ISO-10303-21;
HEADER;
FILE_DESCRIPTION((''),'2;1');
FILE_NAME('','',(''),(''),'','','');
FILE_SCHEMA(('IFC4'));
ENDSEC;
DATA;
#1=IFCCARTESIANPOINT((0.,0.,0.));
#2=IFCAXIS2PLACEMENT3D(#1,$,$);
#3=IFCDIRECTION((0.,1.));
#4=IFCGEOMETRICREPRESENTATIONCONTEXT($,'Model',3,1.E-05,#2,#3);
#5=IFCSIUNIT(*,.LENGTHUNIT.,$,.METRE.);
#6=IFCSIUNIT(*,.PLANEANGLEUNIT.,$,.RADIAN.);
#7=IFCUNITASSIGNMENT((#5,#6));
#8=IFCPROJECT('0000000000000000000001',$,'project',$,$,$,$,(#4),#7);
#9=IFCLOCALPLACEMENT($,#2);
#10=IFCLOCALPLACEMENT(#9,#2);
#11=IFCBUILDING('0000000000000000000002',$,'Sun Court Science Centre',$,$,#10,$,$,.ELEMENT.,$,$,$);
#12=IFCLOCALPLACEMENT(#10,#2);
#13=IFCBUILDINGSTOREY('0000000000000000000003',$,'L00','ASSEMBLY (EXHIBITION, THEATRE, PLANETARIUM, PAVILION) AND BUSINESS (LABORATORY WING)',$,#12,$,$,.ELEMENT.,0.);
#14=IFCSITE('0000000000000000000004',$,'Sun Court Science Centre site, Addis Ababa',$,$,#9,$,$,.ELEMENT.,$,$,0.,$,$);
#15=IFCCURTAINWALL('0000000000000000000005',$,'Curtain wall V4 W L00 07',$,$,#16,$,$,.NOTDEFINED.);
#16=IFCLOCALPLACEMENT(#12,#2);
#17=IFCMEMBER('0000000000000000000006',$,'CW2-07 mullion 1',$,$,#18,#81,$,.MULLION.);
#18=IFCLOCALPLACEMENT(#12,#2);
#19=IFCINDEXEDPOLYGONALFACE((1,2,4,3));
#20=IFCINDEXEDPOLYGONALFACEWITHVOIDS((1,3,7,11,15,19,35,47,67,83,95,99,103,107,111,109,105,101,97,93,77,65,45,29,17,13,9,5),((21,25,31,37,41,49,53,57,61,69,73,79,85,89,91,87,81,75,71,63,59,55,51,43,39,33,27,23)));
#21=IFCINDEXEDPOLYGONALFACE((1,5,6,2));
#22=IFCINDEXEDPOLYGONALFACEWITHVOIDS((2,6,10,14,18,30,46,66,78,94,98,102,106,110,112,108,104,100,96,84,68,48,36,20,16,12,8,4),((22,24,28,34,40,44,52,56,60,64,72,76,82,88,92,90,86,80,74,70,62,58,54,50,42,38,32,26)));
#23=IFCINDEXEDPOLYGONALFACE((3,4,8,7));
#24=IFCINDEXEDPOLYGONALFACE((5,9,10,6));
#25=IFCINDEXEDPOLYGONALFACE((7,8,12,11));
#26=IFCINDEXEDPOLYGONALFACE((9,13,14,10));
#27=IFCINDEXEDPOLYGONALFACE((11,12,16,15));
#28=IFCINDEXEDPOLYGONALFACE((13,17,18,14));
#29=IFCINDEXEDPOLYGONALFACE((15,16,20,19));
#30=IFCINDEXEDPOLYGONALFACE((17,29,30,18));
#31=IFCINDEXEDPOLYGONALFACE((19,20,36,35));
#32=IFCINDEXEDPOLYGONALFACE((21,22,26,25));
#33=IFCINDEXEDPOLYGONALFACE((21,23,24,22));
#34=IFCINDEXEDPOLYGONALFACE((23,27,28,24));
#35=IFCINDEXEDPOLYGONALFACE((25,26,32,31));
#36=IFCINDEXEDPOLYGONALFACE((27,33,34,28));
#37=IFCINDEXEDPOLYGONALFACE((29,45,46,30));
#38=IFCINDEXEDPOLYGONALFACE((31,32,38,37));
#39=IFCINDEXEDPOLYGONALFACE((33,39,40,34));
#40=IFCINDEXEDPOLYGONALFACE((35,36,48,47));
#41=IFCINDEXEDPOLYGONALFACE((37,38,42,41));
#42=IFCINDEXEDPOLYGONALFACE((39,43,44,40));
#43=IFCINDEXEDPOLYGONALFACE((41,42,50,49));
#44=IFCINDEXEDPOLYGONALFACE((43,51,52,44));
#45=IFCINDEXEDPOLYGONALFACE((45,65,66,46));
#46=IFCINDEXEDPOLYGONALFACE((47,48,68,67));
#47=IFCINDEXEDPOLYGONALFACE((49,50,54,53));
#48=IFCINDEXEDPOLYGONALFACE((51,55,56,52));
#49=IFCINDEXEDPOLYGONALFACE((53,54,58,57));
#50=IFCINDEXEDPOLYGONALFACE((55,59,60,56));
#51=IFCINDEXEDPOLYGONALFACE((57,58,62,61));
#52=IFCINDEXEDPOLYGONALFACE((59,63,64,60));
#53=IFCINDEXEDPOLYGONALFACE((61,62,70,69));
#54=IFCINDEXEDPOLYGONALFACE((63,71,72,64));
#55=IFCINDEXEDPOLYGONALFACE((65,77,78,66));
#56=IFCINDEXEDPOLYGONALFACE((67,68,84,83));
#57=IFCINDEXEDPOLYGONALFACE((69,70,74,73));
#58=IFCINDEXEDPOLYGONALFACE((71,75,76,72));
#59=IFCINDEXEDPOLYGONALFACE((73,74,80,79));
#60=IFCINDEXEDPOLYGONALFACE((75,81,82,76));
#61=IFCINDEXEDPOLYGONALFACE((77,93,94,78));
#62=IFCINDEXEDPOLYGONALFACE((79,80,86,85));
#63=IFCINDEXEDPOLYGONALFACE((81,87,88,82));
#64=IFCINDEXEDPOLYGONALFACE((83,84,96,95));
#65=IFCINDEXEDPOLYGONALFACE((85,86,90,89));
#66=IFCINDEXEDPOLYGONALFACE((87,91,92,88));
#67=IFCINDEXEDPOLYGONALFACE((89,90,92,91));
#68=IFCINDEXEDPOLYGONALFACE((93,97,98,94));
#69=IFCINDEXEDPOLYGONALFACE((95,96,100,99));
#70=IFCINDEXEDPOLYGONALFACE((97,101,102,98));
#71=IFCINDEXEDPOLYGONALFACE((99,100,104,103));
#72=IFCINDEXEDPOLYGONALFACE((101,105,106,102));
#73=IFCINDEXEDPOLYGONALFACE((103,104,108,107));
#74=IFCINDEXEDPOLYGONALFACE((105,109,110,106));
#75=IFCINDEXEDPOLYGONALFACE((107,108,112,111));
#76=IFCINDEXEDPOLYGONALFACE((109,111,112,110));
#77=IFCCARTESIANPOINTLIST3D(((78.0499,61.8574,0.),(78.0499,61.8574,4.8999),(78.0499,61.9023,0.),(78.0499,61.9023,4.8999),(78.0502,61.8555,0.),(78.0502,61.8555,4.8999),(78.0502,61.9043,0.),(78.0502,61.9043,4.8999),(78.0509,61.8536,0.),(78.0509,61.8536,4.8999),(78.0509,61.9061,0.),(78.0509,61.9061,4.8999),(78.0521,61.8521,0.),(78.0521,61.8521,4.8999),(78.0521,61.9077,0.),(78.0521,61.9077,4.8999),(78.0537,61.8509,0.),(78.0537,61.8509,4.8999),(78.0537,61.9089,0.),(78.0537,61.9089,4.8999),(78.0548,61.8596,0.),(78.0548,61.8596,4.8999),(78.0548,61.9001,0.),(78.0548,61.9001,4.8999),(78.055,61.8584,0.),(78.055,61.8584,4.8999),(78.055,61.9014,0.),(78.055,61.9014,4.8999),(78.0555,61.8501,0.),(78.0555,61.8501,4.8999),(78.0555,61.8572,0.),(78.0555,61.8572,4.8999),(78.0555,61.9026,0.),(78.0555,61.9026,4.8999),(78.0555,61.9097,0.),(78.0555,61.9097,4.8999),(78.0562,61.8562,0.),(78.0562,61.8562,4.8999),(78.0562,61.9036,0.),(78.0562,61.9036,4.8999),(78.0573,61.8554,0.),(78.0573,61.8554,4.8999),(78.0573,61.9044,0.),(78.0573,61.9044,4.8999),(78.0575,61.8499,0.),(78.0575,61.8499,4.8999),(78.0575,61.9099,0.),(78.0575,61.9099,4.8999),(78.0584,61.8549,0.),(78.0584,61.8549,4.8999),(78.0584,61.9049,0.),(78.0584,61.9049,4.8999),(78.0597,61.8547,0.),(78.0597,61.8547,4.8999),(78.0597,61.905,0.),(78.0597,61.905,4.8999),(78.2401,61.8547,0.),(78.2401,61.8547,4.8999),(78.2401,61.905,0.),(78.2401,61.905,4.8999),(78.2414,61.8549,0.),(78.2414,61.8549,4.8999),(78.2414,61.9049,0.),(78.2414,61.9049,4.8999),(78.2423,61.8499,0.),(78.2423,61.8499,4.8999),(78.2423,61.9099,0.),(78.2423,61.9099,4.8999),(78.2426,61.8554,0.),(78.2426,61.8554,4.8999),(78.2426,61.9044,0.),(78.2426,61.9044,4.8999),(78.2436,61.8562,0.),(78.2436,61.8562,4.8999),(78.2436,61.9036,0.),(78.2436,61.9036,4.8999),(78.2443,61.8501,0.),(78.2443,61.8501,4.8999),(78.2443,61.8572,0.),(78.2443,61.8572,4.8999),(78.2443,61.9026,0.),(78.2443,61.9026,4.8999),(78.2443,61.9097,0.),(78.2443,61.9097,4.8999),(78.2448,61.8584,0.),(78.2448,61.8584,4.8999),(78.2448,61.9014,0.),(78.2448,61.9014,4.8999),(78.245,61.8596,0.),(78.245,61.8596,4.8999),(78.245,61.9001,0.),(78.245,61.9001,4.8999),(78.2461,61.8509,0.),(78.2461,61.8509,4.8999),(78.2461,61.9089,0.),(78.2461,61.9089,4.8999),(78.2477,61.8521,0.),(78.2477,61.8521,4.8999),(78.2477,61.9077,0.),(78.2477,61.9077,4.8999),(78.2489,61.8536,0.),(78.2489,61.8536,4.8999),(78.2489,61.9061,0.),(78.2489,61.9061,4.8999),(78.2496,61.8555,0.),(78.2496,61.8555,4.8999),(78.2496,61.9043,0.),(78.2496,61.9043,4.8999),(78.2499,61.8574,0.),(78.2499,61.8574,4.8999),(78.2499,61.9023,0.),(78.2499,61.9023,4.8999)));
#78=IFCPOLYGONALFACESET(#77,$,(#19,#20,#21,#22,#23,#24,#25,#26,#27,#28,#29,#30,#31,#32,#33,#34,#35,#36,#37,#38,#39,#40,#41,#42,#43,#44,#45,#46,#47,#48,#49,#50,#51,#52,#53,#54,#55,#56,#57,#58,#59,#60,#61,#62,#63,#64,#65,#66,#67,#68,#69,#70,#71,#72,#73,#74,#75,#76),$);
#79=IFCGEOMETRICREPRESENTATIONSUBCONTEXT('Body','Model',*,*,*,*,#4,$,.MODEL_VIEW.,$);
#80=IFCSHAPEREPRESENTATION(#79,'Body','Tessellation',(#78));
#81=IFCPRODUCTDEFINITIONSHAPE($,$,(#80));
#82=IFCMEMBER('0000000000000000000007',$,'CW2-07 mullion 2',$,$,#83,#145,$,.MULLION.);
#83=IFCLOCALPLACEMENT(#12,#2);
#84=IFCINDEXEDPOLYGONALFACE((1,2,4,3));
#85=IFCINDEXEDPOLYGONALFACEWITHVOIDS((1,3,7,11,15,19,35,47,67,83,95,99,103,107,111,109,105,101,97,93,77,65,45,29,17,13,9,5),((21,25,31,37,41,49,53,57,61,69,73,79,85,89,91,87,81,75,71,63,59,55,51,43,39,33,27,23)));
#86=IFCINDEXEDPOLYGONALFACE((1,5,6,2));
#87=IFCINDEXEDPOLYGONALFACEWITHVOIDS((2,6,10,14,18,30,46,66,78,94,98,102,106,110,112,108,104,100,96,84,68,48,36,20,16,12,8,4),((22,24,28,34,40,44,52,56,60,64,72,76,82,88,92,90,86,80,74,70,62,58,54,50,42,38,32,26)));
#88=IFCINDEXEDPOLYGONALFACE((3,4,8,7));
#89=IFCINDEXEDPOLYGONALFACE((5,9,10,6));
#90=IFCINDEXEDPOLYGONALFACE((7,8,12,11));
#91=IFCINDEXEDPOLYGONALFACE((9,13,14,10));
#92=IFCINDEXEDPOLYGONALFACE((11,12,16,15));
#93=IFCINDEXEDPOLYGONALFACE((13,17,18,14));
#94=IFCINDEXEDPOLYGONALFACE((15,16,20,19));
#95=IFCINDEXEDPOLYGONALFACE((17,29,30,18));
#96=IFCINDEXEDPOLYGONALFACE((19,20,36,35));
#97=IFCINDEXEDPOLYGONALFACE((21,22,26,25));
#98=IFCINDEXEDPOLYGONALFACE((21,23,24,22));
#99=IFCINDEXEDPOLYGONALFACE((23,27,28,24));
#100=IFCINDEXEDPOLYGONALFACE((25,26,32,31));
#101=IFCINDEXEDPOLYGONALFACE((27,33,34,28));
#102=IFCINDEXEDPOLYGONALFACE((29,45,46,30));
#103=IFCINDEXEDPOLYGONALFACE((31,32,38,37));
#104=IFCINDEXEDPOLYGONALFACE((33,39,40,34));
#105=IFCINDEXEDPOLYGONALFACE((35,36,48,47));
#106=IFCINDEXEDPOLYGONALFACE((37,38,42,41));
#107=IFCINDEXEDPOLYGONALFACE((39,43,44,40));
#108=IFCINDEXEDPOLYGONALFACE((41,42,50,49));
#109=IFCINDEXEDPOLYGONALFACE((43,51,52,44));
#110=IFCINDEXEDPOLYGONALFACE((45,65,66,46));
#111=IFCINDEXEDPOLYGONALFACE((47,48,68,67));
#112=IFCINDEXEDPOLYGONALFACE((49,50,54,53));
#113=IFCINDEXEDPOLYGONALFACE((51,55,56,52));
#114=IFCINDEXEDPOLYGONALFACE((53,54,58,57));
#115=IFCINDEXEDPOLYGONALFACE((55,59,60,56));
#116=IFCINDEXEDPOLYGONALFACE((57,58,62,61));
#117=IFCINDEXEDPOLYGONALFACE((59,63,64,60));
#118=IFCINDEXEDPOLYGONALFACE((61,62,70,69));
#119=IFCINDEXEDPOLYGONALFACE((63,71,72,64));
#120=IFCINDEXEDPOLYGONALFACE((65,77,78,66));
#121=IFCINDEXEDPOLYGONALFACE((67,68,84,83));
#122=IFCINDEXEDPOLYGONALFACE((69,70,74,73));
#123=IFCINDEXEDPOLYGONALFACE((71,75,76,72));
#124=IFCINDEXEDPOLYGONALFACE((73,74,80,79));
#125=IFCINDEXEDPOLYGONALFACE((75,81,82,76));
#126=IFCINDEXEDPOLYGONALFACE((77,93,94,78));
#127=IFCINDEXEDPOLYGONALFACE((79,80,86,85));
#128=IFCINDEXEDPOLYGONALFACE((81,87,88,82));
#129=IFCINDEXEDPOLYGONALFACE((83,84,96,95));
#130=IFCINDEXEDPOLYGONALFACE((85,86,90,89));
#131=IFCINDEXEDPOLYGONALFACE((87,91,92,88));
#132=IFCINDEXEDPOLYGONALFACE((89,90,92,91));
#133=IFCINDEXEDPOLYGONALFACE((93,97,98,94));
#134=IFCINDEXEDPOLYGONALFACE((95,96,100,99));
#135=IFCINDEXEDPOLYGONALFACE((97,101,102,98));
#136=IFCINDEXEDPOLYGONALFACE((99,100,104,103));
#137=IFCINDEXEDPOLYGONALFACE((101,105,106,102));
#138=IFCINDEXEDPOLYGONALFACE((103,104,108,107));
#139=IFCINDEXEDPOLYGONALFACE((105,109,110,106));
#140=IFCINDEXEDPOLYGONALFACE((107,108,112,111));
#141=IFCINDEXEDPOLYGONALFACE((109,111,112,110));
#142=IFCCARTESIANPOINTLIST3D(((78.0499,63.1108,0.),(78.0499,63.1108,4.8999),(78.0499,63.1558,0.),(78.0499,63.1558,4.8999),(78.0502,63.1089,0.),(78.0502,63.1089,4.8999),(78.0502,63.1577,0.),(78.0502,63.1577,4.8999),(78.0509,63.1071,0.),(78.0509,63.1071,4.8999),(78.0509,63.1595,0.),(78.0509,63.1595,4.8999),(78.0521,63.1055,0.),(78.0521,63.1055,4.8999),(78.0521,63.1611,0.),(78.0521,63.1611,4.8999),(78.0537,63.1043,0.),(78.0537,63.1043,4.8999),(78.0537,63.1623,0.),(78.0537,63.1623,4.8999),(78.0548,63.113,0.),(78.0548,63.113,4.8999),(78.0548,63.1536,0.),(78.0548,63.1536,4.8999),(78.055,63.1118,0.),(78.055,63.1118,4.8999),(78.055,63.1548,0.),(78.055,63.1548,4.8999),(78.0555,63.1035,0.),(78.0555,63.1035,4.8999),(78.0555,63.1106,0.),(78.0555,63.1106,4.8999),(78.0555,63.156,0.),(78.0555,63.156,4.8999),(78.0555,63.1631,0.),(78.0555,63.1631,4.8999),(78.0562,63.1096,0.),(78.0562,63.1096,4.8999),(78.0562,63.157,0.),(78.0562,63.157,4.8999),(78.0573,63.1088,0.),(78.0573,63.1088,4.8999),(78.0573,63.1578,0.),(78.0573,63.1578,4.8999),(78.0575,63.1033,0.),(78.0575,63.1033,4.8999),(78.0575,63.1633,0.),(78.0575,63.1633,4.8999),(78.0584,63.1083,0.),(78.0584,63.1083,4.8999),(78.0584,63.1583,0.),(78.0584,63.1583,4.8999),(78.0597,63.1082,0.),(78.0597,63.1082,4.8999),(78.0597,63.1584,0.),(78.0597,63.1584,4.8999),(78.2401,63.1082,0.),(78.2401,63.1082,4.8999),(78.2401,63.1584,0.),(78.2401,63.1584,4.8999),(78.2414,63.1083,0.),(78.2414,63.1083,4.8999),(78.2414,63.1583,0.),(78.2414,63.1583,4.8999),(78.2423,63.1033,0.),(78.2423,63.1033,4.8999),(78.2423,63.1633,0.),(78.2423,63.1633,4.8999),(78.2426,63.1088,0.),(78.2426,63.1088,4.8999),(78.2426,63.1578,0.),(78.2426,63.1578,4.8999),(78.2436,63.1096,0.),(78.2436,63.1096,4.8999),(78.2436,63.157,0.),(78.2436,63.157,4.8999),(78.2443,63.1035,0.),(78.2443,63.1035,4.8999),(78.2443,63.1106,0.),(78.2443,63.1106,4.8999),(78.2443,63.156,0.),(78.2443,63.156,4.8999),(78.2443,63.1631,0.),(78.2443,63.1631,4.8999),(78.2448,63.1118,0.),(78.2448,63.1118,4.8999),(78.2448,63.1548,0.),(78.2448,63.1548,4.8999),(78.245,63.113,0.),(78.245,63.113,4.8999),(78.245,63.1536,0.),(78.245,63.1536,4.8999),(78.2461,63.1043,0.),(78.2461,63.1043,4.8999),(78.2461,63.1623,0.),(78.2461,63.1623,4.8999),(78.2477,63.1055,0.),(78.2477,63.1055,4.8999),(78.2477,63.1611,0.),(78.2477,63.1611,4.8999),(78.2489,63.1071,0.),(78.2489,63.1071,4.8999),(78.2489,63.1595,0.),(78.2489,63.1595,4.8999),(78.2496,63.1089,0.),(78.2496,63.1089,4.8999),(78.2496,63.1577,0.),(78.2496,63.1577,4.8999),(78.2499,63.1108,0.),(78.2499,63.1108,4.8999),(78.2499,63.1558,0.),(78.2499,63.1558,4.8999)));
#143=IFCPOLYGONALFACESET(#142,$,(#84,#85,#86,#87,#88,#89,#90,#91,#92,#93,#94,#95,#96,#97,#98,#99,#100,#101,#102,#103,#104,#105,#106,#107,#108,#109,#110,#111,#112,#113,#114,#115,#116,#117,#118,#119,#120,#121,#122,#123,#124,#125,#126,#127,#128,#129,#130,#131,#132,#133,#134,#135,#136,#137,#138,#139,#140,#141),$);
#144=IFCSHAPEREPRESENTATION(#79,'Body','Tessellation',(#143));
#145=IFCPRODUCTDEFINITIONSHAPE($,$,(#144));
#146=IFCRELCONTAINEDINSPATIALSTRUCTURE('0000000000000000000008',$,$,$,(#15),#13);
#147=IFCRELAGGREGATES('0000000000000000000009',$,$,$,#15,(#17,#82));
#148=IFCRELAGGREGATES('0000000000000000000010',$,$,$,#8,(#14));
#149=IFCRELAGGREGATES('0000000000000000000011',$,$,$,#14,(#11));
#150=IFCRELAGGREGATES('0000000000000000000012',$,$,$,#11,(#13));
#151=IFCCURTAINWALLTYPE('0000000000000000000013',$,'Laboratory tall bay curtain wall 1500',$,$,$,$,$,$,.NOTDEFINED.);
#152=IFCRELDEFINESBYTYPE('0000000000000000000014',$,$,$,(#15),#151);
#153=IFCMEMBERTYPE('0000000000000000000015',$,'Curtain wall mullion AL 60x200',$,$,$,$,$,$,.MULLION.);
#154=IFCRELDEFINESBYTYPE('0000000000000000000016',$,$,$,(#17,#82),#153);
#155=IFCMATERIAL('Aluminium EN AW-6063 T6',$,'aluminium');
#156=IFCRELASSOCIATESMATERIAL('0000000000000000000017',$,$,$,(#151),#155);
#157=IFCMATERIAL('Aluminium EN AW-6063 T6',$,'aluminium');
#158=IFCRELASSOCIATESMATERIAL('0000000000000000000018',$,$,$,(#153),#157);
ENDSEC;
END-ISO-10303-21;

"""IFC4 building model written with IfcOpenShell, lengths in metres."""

from ifc_helpers import new_model, si_unit, direction, frame, origin, origin_2d, place, context, subcontext, project, spatial, hollow_rectangle, extrude, material, material_profile, profile_set, type_object, element, aggregate, save


model = new_model("IFC4")

# Units and contexts
model_context = context("Model", 3, precision=1e-05, world=origin(), true_north=direction((0.0, 1.0)))
body_context = subcontext(model_context, "Body", "Model", "MODEL_VIEW")
ifc_project = project(units=[si_unit("LENGTHUNIT", "METRE"), si_unit("PLANEANGLEUNIT", "RADIAN")], contexts=[model_context])

# Site, building, storey
site_placement = place(None, origin())
site = spatial("IfcSite", under=ifc_project, at=site_placement, Name="Sun Court Science Centre site, Addis Ababa", CompositionType="ELEMENT", RefElevation=0.0)
building_placement = place(site_placement, origin())
building = spatial("IfcBuilding", under=site, at=building_placement, Name="Sun Court Science Centre", CompositionType="ELEMENT")
storey_placement = place(building_placement, origin())
storey = spatial("IfcBuildingStorey", under=building, at=storey_placement, Name="L00", Description="ASSEMBLY (EXHIBITION, THEATRE, PLANETARIUM, PAVILION) AND BUSINESS (LABORATORY WING)", CompositionType="ELEMENT", Elevation=0.0)

# Curtain wall, members
ifc_material_1 = material(Name="Aluminium EN AW-6063 T6", Category="aluminium")
curtain_wall_type = type_object("IfcCurtainWallType", Name="Laboratory tall bay curtain wall 1500", PredefinedType="NOTDEFINED", material=ifc_material_1)
curtain_wall_placement = place(storey_placement, origin())
curtain_wall = element("IfcCurtainWall", 1, at=curtain_wall_placement, inside=storey, type_object=curtain_wall_type, Name="Curtain wall V4 W L00 07", PredefinedType="NOTDEFINED")
ifc_material_2 = material(Name="Aluminium EN AW-6063 T6", Category="aluminium")
ifc_material_profile_1 = material_profile(ifc_material_2, hollow_rectangle(XDim=0.0601, YDim=0.2, WallThickness=0.0049, InnerFilletRadius=0.0049, OuterFilletRadius=0.0076, at=origin_2d()), Name="AL 60x200x5")
ifc_profile_set_1 = profile_set([ifc_material_profile_1], Name="Aluminium EN AW-6063 T6")
member_type_1 = type_object("IfcMemberType", Name="Curtain wall mullion AL 60x200", PredefinedType="MULLION", material=ifc_profile_set_1)
member_1_placement = place(storey_placement, frame((78.1499, 61.8799, 0.0), z_axis=(0.0, 0.0, 1.0), x_axis=(0.0, 1.0, 0.0)))
member_1 = element("IfcMember", 2, at=member_1_placement, type_object=member_type_1, Name="CW2-07 mullion 1", PredefinedType="MULLION", context=body_context, shape_type="SweptSolid", body=[
    extrude(hollow_rectangle(XDim=0.0601, YDim=0.2, WallThickness=0.0049, InnerFilletRadius=0.0049, OuterFilletRadius=0.0076, at=origin_2d()), origin(), (0.0, 0.0, 1.0), 4.8999),
])
member_2_placement = place(storey_placement, frame((78.1499, 63.1333, 0.0), z_axis=(0.0, 0.0, 1.0), x_axis=(0.0, 1.0, 0.0)))
member_2 = element("IfcMember", 3, at=member_2_placement, type_object=member_type_1, Name="CW2-07 mullion 2", PredefinedType="MULLION", context=body_context, shape_type="SweptSolid", body=[
    extrude(hollow_rectangle(XDim=0.0601, YDim=0.2, WallThickness=0.0049, InnerFilletRadius=0.0049, OuterFilletRadius=0.0076, at=origin_2d()), origin(), (0.0, 0.0, 1.0), 4.8999),
])

aggregate(curtain_wall, [member_1, member_2])

save(model, "model.ifc")
